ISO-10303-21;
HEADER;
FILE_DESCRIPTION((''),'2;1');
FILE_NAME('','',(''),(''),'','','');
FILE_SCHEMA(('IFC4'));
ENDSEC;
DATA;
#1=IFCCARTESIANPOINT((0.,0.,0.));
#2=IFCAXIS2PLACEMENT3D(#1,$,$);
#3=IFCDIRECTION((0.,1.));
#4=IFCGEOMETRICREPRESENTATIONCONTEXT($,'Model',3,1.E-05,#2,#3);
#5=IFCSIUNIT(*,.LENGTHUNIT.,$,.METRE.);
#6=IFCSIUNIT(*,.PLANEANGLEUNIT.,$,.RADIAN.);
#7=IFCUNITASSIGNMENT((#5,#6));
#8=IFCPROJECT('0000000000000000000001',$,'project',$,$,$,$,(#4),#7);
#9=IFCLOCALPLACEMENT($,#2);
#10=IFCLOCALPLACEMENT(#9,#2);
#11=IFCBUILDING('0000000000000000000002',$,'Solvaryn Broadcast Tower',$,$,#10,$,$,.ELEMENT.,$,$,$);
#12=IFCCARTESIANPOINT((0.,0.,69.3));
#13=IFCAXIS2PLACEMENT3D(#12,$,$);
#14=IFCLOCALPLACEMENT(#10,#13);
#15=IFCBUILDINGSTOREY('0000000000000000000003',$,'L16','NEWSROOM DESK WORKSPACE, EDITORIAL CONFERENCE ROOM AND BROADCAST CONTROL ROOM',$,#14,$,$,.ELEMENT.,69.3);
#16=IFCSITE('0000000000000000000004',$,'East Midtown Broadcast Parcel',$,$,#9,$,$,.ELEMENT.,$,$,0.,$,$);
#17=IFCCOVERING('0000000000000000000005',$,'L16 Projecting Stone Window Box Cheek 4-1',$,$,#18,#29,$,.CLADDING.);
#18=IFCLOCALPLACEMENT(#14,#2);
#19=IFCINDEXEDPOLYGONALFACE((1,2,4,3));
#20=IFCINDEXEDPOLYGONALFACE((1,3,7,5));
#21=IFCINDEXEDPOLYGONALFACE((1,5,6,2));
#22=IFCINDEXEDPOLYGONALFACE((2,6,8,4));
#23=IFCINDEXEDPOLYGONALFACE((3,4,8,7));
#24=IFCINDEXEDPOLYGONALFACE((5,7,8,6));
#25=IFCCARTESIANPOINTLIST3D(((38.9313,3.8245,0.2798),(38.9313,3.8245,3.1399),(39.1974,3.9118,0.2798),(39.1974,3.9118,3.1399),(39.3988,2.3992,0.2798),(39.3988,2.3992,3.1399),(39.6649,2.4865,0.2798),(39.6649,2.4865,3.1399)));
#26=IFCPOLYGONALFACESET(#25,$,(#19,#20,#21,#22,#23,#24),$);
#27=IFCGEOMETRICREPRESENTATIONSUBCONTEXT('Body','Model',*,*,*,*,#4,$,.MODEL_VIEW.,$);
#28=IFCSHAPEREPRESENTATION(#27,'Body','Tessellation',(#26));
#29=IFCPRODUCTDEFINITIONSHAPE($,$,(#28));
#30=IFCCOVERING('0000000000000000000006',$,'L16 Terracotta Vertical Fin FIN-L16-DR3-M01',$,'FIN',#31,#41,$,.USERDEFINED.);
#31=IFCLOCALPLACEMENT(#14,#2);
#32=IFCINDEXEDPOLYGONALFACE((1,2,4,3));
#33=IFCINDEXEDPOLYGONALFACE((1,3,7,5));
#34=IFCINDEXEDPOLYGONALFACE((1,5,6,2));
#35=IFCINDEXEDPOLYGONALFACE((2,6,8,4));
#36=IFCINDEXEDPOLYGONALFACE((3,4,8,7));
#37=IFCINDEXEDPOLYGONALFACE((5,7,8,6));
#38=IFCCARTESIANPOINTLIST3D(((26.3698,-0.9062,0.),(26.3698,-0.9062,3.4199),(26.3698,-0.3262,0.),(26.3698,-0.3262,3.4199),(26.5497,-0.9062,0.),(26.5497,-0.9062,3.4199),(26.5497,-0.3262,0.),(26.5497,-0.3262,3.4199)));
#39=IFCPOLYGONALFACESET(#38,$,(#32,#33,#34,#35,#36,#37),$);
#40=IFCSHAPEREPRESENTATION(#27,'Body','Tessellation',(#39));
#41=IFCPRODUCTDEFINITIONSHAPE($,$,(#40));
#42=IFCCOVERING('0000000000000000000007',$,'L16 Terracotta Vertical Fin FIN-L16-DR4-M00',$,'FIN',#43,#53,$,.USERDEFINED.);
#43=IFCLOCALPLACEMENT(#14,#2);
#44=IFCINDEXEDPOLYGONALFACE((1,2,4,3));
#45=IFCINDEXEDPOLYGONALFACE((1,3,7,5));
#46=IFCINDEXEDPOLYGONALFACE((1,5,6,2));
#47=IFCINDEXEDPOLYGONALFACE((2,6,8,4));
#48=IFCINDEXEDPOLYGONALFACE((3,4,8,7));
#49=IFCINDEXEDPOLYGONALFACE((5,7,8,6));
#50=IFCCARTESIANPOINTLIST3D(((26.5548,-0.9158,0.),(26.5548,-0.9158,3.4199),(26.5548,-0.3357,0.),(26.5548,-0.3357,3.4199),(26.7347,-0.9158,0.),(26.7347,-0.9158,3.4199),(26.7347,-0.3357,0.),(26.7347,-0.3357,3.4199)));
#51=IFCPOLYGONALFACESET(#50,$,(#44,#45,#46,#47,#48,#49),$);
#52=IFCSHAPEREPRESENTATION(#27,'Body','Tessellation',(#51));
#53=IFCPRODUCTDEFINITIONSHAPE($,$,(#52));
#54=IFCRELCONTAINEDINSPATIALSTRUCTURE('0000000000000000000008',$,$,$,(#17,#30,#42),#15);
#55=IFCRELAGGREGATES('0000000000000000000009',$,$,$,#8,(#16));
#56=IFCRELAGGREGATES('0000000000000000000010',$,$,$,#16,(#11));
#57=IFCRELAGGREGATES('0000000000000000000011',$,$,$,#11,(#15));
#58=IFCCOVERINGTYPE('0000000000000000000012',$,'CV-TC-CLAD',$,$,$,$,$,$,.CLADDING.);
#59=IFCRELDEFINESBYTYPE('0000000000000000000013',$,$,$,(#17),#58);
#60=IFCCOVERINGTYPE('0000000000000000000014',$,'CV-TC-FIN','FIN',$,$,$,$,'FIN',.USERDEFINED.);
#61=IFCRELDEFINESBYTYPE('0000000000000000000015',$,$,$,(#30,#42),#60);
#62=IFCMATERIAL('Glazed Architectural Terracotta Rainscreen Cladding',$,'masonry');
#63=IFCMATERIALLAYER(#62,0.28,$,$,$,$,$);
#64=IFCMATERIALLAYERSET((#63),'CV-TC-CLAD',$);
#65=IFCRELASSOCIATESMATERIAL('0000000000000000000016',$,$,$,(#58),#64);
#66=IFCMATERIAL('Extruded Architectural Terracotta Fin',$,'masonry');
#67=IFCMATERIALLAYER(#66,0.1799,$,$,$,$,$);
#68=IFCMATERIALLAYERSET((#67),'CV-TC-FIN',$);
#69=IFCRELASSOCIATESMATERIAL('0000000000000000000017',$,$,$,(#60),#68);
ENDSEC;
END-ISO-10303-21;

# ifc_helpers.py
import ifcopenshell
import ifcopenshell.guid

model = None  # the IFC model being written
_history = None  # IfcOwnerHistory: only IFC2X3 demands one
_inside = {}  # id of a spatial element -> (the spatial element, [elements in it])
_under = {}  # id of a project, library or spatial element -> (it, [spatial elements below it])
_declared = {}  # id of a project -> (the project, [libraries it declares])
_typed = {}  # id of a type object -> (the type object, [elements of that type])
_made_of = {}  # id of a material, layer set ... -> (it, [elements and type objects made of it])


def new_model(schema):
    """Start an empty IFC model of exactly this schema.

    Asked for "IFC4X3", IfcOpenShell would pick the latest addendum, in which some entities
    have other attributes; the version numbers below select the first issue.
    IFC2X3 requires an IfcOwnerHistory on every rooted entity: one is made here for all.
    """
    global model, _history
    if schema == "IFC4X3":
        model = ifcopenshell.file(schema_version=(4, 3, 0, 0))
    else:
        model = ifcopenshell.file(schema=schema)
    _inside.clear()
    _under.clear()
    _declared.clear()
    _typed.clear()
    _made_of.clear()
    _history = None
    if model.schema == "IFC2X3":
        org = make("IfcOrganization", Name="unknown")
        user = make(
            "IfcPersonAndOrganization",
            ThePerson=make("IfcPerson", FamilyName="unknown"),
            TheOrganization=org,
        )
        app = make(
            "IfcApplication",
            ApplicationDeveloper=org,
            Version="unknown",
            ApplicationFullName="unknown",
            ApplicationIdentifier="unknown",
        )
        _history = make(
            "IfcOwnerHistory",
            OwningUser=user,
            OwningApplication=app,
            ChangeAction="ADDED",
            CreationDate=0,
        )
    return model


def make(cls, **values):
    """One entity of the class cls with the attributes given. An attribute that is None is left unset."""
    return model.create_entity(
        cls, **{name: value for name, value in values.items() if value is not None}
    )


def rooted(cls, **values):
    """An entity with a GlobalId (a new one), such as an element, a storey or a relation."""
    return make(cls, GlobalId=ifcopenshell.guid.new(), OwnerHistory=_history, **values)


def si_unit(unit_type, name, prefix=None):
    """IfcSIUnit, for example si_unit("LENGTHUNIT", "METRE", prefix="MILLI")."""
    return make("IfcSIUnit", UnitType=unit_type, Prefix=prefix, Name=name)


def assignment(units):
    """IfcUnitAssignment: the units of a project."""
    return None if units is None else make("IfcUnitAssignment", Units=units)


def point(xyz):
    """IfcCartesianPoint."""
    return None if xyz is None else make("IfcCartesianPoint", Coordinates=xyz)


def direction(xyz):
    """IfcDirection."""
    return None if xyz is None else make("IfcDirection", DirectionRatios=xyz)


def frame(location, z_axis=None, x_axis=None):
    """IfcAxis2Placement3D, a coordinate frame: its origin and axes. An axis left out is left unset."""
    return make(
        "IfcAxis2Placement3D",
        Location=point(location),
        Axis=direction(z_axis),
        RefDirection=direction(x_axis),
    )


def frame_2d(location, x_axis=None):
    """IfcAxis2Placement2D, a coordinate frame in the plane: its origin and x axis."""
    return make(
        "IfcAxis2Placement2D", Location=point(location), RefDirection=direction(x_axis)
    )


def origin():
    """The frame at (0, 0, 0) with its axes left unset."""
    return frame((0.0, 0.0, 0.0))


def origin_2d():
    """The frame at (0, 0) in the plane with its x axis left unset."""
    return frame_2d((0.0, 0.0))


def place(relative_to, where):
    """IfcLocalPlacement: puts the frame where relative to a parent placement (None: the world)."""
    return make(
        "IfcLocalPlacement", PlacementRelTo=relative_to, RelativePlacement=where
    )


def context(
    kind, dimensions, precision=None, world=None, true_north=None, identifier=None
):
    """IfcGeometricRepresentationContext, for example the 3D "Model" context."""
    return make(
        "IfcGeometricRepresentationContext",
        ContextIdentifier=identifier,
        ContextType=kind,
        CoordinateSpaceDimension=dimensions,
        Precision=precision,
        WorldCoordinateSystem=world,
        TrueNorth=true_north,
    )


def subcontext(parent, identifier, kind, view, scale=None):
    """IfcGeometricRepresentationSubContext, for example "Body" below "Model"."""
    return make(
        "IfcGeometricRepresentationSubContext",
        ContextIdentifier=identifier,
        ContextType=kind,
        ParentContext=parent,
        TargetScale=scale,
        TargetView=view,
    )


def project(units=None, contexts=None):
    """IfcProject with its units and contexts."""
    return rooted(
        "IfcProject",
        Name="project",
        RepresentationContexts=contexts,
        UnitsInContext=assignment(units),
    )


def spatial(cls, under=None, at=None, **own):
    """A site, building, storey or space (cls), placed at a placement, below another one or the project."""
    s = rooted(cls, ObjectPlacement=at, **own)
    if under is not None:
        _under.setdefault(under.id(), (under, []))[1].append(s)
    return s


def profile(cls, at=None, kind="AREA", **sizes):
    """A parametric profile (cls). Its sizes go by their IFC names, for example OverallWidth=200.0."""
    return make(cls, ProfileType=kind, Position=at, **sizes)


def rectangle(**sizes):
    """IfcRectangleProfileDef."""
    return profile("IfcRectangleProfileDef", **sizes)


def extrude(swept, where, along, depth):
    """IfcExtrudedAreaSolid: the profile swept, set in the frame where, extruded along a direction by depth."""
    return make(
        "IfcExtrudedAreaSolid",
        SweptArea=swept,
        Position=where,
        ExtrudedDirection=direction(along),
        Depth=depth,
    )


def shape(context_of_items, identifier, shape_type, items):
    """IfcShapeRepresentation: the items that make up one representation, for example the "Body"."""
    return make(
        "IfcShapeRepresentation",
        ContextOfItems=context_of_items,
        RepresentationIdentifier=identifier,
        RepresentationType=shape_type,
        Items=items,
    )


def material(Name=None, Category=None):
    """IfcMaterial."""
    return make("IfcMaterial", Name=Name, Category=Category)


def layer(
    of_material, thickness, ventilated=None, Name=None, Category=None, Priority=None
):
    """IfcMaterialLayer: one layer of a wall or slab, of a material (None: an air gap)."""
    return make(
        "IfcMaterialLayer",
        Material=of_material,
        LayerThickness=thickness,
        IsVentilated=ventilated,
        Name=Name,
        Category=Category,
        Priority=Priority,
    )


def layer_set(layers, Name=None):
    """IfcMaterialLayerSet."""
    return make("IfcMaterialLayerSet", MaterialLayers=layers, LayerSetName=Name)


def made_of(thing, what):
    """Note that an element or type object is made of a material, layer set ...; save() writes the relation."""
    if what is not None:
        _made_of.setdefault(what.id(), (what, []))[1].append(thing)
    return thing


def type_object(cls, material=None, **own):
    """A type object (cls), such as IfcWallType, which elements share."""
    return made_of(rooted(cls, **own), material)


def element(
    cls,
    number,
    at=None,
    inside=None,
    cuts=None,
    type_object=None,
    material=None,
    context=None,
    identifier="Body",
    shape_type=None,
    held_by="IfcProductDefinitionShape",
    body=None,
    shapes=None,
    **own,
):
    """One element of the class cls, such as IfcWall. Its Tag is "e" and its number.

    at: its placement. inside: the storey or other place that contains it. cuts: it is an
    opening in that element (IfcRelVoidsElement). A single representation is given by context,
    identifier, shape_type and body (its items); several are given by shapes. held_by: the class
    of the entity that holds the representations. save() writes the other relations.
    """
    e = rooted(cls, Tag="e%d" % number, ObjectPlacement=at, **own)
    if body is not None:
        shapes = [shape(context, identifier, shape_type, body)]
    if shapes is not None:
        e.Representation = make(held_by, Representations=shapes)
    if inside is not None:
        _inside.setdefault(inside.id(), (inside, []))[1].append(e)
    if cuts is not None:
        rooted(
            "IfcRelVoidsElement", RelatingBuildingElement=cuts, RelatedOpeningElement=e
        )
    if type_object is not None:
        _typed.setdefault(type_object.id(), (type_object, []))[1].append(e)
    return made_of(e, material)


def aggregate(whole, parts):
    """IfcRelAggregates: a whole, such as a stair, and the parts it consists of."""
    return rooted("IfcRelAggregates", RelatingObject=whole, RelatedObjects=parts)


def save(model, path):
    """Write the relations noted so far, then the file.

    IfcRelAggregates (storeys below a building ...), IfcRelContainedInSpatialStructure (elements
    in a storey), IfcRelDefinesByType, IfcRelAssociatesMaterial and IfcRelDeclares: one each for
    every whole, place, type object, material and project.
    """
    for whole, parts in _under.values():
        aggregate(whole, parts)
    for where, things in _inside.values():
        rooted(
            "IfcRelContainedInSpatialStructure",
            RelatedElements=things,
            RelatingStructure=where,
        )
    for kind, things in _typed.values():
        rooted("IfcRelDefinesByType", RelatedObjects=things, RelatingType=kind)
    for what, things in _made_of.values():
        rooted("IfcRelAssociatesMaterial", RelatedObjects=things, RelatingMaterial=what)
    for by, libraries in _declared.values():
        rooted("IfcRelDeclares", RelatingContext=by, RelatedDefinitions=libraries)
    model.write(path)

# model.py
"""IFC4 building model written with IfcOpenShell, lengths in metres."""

from ifc_helpers import new_model, si_unit, direction, frame, origin, origin_2d, place, context, subcontext, project, spatial, rectangle, extrude, material, layer, layer_set, type_object, element, save


model = new_model("IFC4")

# Units and contexts
model_context = context("Model", 3, precision=1e-05, world=origin(), true_north=direction((0.0, 1.0)))
body_context = subcontext(model_context, "Body", "Model", "MODEL_VIEW")
ifc_project = project(units=[si_unit("LENGTHUNIT", "METRE"), si_unit("PLANEANGLEUNIT", "RADIAN")], contexts=[model_context])

# Site, building, storey
site_placement = place(None, origin())
site = spatial("IfcSite", under=ifc_project, at=site_placement, Name="East Midtown Broadcast Parcel", CompositionType="ELEMENT", RefElevation=0.0)
building_placement = place(site_placement, origin())
building = spatial("IfcBuilding", under=site, at=building_placement, Name="Solvaryn Broadcast Tower", CompositionType="ELEMENT")
storey_placement = place(building_placement, frame((0.0, 0.0, 69.3)))
storey = spatial("IfcBuildingStorey", under=building, at=storey_placement, Name="L16", Description="NEWSROOM DESK WORKSPACE, EDITORIAL CONFERENCE ROOM AND BROADCAST CONTROL ROOM", CompositionType="ELEMENT", Elevation=69.3)

# Coverings
ifc_material_1 = material(Name="Glazed Architectural Terracotta Rainscreen Cladding", Category="masonry")
ifc_layer_1 = layer(ifc_material_1, 0.28)
ifc_layer_set_1 = layer_set([ifc_layer_1], Name="CV-TC-CLAD")
covering_type_1 = type_object("IfcCoveringType", Name="CV-TC-CLAD", PredefinedType="CLADDING", material=ifc_layer_set_1)
covering_placement = place(storey_placement, frame((39.2981, 3.1555, 0.2798), z_axis=(0.0, 0.0, 1.0), x_axis=(0.95019, 0.311672, 0.0)))
element("IfcCovering", 1, at=covering_placement, inside=storey, type_object=covering_type_1, Name="L16 Projecting Stone Window Box Cheek 4-1", PredefinedType="CLADDING", context=body_context, shape_type="SweptSolid", body=[
    extrude(rectangle(XDim=0.28, YDim=1.5, at=origin_2d()), origin(), (0.0, 0.0, 1.0), 2.8601),
])
ifc_material_2 = material(Name="Extruded Architectural Terracotta Fin", Category="masonry")
ifc_layer_2 = layer(ifc_material_2, 0.1799)
ifc_layer_set_2 = layer_set([ifc_layer_2], Name="CV-TC-FIN")
covering_type_2 = type_object("IfcCoveringType", Name="CV-TC-FIN", Description="FIN", ElementType="FIN", PredefinedType="USERDEFINED", material=ifc_layer_set_2)
for number, where, z_axis, x_axis, name in (
    (2, (26.4597, -0.6162, 0.0), (0.0, 0.0, 1.0), (1.0, 0.0, 0.0), "L16 Terracotta Vertical Fin FIN-L16-DR3-M01"),
    (3, (26.6448, -0.6257, 0.0), (0.0, 0.0, 1.0), (1.0, 0.0, 0.0), "L16 Terracotta Vertical Fin FIN-L16-DR4-M00"),
):
    element("IfcCovering", number, at=place(storey_placement, frame(where, z_axis=z_axis, x_axis=x_axis)), inside=storey, type_object=covering_type_2, Name=name, ObjectType="FIN", PredefinedType="USERDEFINED", context=body_context, shape_type="SweptSolid", body=[
        extrude(rectangle(XDim=0.1799, YDim=0.5801, at=origin_2d()), origin(), (0.0, 0.0, 1.0), 3.4199),
    ])

save(model, "model.ifc")
